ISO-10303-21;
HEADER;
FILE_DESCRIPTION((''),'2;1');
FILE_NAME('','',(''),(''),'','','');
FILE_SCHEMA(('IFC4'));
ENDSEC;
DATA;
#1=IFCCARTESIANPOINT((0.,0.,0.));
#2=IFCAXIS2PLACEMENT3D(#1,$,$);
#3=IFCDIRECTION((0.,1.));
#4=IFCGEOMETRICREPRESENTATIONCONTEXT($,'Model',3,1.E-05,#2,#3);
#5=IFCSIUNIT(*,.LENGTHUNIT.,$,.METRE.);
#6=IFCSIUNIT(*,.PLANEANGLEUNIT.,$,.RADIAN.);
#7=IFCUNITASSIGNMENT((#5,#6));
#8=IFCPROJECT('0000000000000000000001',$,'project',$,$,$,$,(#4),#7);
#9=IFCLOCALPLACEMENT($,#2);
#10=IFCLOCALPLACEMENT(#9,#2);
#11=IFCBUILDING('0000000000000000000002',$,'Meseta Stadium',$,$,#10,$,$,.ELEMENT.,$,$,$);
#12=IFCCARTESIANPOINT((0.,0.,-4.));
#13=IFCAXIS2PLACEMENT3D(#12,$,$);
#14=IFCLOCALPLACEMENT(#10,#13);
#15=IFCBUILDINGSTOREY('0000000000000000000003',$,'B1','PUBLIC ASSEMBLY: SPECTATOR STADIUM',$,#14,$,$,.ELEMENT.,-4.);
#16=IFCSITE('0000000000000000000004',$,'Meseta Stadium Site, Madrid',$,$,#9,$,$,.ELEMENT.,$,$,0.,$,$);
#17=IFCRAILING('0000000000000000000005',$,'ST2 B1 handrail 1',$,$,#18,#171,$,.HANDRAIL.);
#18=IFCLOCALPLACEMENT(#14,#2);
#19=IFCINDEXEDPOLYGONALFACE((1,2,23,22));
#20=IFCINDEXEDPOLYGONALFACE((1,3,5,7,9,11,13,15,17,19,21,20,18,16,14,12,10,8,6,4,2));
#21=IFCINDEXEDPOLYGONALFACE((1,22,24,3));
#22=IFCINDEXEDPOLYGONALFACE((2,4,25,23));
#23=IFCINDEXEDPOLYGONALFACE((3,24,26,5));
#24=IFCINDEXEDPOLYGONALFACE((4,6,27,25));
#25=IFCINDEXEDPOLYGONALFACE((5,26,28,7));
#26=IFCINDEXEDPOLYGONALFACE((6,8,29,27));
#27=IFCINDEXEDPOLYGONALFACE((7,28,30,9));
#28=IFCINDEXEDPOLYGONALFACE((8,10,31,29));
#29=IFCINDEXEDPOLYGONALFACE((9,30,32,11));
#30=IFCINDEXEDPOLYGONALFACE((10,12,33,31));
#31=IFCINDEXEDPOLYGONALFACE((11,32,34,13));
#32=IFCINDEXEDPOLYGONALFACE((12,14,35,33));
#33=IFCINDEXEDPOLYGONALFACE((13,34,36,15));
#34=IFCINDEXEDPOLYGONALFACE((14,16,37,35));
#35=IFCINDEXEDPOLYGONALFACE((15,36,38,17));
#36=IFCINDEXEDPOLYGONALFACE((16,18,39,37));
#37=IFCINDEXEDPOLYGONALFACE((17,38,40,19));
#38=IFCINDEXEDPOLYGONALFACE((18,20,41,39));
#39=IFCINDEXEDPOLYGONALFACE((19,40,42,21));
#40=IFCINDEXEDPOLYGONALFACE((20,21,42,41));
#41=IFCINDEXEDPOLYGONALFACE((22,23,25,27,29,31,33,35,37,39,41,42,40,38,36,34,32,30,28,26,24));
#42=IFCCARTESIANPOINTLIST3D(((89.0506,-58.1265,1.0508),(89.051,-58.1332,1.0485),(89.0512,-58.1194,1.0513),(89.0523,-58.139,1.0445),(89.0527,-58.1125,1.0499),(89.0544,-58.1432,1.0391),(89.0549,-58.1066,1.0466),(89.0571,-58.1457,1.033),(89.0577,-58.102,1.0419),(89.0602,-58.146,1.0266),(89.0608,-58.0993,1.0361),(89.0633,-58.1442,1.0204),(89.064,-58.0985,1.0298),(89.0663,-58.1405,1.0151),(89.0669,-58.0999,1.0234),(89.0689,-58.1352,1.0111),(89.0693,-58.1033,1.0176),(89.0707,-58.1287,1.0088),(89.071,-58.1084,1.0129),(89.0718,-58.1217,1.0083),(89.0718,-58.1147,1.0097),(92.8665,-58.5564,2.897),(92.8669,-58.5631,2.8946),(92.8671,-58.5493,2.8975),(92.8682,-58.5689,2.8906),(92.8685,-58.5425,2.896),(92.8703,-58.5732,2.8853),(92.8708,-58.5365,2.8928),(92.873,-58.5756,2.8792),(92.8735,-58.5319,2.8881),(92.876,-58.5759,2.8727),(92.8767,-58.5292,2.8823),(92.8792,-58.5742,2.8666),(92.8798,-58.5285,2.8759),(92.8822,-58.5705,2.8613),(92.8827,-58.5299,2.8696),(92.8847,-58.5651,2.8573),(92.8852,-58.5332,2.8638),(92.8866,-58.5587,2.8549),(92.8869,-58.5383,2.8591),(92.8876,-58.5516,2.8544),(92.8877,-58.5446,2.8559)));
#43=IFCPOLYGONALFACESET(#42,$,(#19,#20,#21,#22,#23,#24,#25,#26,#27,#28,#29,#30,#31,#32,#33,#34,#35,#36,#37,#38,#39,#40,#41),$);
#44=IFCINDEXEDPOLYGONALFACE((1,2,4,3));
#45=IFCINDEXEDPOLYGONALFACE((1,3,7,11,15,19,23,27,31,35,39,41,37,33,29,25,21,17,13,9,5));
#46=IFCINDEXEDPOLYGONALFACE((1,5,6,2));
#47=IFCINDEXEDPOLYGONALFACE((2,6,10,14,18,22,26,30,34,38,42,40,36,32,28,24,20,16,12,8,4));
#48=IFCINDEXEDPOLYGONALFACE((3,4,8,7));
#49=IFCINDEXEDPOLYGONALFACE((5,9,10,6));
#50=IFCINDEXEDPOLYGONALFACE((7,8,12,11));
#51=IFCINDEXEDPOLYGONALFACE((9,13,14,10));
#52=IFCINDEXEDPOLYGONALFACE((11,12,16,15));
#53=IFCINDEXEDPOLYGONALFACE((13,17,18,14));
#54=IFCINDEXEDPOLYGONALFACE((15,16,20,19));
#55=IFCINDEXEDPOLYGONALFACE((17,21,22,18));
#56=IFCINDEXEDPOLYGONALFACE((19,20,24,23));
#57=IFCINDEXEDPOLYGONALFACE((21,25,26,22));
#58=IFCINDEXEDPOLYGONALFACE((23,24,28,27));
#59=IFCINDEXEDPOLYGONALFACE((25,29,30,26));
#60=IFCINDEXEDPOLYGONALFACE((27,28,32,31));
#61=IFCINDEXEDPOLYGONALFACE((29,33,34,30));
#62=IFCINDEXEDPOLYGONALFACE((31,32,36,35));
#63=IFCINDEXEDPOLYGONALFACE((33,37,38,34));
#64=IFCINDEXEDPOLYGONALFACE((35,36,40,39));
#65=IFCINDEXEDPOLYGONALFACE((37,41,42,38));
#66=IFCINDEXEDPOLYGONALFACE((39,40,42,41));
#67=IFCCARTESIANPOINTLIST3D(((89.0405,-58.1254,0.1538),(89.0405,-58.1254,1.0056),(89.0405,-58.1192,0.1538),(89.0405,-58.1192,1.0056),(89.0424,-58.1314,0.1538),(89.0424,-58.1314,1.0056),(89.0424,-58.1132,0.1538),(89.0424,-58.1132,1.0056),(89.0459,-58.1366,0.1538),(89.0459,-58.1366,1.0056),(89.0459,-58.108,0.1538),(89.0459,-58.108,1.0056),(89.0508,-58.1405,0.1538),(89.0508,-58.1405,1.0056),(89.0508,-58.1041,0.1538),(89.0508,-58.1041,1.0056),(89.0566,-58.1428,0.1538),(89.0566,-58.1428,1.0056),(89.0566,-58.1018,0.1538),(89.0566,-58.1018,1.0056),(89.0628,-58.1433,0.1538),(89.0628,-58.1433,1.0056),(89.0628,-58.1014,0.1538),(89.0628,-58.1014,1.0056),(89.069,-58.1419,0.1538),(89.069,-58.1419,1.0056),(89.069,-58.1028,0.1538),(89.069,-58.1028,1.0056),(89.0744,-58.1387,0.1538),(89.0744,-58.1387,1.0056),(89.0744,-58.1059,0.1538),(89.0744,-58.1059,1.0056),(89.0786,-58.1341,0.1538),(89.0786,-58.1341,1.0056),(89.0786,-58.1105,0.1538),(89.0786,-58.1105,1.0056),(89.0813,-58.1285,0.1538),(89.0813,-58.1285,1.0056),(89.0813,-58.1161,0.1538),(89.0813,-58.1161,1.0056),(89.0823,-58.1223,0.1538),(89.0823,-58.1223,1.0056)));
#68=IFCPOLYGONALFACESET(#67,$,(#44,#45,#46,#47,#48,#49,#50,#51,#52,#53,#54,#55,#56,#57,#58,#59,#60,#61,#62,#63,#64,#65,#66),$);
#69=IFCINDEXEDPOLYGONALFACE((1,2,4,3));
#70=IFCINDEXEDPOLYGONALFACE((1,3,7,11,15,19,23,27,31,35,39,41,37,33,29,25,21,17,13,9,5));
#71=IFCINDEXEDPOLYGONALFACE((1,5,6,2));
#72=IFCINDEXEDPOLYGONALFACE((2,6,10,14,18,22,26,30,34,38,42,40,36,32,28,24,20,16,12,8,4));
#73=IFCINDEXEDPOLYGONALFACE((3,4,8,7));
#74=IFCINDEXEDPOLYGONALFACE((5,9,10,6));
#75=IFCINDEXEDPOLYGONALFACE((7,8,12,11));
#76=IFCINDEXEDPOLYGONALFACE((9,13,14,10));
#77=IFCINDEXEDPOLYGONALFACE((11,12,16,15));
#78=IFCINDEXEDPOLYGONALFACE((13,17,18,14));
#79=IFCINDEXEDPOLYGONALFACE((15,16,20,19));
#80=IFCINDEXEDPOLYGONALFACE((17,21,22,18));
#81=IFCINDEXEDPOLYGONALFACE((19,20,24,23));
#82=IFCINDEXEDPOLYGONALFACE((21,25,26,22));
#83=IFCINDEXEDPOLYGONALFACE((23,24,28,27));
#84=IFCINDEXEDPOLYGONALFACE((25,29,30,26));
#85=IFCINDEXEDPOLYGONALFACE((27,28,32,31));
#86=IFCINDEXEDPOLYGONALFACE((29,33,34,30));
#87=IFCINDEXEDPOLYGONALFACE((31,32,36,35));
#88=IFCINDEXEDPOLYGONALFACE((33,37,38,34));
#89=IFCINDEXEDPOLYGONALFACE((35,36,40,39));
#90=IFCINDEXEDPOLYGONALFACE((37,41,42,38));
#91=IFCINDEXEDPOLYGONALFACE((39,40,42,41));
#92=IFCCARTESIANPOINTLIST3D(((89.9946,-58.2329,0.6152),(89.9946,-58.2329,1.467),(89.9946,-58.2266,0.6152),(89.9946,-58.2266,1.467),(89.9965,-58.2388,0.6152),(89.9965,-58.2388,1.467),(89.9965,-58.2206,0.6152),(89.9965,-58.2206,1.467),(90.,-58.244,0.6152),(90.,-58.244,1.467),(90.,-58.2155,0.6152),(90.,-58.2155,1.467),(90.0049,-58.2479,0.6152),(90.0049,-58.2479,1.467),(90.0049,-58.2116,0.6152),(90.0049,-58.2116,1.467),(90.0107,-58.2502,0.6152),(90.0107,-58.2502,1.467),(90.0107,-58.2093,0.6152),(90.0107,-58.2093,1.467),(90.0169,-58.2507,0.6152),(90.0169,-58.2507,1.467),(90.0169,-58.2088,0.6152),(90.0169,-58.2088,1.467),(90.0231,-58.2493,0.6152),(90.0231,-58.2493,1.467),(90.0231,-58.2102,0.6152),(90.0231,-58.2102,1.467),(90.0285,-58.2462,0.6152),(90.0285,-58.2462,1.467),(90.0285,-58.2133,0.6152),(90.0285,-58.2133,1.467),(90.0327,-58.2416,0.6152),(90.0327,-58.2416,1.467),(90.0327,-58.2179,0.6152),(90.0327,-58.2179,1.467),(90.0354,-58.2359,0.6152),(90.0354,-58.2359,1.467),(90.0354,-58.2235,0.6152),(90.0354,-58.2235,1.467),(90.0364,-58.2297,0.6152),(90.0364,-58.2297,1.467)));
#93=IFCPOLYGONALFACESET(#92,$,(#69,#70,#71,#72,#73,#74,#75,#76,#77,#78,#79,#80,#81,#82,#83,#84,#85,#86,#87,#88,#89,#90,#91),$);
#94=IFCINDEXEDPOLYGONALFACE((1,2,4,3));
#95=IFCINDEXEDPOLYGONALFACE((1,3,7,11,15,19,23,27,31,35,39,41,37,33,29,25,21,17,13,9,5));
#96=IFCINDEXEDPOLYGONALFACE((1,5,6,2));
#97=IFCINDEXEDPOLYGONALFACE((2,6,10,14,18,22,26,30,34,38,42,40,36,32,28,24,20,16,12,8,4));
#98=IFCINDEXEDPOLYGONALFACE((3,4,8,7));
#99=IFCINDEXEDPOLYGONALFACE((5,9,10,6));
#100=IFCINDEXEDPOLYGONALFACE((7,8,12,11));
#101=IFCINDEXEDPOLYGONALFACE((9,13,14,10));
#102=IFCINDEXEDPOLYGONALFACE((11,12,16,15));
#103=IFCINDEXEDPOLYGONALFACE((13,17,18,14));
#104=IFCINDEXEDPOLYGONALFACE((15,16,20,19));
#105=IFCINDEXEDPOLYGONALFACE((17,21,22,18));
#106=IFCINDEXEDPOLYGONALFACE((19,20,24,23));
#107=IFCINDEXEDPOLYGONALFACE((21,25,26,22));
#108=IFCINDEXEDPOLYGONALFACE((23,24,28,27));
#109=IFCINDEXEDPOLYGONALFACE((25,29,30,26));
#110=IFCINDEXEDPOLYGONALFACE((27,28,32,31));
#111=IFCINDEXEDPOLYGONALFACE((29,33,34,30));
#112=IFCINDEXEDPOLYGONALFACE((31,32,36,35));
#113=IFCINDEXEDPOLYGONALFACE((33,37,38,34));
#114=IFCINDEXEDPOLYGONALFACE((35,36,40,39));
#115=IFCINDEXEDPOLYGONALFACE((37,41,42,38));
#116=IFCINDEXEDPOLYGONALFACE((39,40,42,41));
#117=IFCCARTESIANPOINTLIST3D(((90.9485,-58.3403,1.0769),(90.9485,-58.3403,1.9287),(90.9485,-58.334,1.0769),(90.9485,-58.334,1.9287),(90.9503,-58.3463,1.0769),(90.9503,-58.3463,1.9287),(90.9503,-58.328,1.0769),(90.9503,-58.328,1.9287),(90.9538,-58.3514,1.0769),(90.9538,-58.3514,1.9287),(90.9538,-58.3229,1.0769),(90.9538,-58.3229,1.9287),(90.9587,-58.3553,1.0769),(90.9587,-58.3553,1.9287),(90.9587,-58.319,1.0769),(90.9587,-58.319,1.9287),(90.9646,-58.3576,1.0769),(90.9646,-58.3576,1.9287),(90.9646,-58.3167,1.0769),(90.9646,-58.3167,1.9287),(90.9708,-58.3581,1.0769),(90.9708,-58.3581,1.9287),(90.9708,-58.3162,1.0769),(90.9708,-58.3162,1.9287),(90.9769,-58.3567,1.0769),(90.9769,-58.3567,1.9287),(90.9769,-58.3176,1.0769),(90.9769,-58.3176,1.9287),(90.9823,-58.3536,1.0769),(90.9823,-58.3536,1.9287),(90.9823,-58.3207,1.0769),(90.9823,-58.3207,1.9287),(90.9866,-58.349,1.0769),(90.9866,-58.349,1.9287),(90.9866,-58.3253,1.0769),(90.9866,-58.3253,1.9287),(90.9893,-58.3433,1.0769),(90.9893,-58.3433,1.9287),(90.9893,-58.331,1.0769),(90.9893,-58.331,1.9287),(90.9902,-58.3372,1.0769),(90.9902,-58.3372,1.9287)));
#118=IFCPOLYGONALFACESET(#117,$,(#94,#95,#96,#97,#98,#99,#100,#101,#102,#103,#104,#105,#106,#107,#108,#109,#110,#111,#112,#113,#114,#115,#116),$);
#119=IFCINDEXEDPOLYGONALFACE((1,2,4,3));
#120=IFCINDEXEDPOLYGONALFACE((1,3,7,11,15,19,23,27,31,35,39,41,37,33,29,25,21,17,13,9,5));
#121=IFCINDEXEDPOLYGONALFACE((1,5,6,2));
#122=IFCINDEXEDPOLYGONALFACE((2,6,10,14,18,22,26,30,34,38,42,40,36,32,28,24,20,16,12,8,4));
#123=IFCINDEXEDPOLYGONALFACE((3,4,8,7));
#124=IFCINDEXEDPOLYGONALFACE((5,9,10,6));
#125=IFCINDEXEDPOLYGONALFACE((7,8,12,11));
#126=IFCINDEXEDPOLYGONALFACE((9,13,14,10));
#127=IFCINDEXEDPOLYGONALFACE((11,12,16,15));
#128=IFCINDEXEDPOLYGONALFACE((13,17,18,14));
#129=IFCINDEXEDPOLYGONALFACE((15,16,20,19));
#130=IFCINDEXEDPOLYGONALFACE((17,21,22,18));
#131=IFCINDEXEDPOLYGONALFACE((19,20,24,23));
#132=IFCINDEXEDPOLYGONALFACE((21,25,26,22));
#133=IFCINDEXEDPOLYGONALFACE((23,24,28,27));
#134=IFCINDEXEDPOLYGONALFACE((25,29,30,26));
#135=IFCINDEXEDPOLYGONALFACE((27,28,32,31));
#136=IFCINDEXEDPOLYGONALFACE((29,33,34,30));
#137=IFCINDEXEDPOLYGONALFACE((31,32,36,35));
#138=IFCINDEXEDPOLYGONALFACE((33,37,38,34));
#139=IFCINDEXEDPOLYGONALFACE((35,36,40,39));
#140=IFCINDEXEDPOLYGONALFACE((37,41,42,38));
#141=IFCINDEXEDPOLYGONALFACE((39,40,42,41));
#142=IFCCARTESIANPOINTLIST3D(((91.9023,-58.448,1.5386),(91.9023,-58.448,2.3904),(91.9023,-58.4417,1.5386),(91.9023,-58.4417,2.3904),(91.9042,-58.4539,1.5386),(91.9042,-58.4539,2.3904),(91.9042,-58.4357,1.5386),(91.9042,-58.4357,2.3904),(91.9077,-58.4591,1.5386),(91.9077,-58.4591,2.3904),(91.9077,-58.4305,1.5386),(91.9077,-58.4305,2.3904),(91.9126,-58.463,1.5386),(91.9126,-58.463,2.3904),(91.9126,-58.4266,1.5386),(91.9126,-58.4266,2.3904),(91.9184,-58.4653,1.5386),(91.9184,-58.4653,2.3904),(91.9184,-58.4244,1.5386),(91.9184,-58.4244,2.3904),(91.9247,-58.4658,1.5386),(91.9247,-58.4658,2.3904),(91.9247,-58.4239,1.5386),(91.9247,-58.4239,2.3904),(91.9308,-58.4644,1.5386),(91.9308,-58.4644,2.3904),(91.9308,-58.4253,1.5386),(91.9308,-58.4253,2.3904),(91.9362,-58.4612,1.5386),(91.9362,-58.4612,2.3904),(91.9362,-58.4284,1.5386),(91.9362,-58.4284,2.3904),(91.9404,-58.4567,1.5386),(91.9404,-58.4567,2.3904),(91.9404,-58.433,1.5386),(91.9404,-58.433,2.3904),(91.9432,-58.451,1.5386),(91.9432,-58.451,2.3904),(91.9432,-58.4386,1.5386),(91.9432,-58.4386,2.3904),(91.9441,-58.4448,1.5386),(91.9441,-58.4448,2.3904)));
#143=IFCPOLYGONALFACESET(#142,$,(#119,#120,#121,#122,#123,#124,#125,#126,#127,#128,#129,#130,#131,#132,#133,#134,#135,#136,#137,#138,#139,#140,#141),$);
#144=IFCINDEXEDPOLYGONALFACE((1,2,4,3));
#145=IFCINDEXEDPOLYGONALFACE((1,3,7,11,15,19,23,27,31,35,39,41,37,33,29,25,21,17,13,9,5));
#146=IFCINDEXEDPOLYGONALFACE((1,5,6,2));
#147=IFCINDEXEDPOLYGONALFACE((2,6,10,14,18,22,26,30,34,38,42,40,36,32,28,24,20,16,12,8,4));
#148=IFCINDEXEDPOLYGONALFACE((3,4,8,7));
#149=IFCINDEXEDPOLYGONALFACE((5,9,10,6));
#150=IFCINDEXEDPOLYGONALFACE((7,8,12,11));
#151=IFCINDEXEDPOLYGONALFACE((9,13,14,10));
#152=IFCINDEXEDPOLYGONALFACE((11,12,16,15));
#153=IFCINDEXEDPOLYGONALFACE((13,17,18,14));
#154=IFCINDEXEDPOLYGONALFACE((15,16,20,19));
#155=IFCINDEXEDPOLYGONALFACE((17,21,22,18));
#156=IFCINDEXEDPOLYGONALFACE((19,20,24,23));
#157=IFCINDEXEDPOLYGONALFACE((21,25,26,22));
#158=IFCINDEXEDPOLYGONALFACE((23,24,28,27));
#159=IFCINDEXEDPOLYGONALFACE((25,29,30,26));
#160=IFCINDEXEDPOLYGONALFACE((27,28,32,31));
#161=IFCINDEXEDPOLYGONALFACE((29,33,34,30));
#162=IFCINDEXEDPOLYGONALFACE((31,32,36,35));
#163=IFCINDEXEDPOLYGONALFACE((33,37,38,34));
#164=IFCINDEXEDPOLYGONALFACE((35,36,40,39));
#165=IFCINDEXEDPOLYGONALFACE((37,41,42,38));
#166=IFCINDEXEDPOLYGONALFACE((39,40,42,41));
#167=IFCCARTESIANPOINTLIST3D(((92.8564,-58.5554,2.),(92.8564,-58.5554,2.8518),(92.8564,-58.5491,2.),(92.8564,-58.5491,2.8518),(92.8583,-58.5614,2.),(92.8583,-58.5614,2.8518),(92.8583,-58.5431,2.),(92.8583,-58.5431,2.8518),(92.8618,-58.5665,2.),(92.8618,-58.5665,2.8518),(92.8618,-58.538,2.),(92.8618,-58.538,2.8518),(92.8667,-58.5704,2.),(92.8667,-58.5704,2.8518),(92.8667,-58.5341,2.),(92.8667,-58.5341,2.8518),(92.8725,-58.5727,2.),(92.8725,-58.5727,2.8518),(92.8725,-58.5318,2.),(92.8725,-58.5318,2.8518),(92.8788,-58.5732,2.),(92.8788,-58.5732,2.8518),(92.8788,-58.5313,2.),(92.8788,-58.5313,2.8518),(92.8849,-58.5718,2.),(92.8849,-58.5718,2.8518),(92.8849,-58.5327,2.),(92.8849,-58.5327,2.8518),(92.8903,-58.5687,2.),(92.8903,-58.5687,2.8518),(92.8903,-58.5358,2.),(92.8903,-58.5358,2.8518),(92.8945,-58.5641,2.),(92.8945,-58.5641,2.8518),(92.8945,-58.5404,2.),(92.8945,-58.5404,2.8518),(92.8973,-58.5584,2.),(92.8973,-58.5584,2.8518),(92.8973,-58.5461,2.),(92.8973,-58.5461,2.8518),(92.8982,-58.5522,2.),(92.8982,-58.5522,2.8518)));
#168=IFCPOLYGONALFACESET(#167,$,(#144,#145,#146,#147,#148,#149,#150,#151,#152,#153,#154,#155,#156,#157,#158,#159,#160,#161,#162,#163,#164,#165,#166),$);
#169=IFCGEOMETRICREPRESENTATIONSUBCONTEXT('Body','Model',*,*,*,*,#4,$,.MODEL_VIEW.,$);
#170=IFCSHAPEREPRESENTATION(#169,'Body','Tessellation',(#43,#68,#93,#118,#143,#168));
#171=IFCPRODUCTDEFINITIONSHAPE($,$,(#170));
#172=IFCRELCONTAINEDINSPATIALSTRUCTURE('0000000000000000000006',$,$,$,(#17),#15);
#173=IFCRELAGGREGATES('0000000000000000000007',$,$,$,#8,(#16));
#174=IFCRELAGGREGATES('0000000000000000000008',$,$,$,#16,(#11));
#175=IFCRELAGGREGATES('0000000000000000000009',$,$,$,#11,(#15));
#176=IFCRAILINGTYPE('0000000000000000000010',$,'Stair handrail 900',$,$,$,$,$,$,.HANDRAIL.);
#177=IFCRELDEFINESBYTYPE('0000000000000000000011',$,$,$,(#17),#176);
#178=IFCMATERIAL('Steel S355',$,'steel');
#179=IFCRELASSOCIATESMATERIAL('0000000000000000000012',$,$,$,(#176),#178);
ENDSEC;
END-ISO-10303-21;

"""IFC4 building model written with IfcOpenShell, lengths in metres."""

from ifc_helpers import new_model, si_unit, direction, frame, origin, origin_2d, place, context, subcontext, project, spatial, circle, extrude, material, type_object, element, save


model = new_model("IFC4")

# Units and contexts
model_context = context("Model", 3, precision=1e-05, world=origin(), true_north=direction((0.0, 1.0)))
body_context = subcontext(model_context, "Body", "Model", "MODEL_VIEW")
ifc_project = project(units=[si_unit("LENGTHUNIT", "METRE"), si_unit("PLANEANGLEUNIT", "RADIAN")], contexts=[model_context])

# Site, building, storey
site_placement = place(None, origin())
site = spatial("IfcSite", under=ifc_project, at=site_placement, Name="Meseta Stadium Site, Madrid", CompositionType="ELEMENT", RefElevation=0.0)
building_placement = place(site_placement, origin())
building = spatial("IfcBuilding", under=site, at=building_placement, Name="Meseta Stadium", CompositionType="ELEMENT")
storey_placement = place(building_placement, frame((0.0, 0.0, -4.0)))
storey = spatial("IfcBuildingStorey", under=building, at=storey_placement, Name="B1", Description="PUBLIC ASSEMBLY: SPECTATOR STADIUM", CompositionType="ELEMENT", Elevation=-4.0)

# Railing
ifc_material_1 = material(Name="Steel S355", Category="steel")
railing_type_1 = type_object("IfcRailingType", Name="Stair handrail 900", PredefinedType="HANDRAIL", material=ifc_material_1)
railing_1_placement = place(storey_placement, frame((89.0613, -58.1223, 0.1538)))
element("IfcRailing", 1, at=railing_1_placement, inside=storey, type_object=railing_type_1, Name="ST2 B1 handrail 1", PredefinedType="HANDRAIL", context=body_context, shape_type="SweptSolid", body=[
    extrude(circle(Radius=0.0239, at=origin_2d()), frame((0.0, 0.0, 0.876), z_axis=(0.895585, -0.100904, 0.433296), x_axis=(0.11196, 0.993713, 0.0)), (0.0, 0.0, 1.0), 4.2607),
    extrude(circle(Radius=0.021, at=origin_2d()), origin(), (0.0, 0.0, 1.0), 0.8518),
    extrude(circle(Radius=0.021, at=origin_2d()), frame((0.9541, -0.1074, 0.4614)), (0.0, 0.0, 1.0), 0.8518),
    extrude(circle(Radius=0.021, at=origin_2d()), frame((1.908, -0.2148, 0.9231)), (0.0, 0.0, 1.0), 0.8518),
    extrude(circle(Radius=0.021, at=origin_2d()), frame((2.8618, -0.3225, 1.3848)), (0.0, 0.0, 1.0), 0.8518),
    extrude(circle(Radius=0.021, at=origin_2d()), frame((3.8159, -0.4299, 1.8462)), (0.0, 0.0, 1.0), 0.8518),
])

save(model, "model.ifc")
